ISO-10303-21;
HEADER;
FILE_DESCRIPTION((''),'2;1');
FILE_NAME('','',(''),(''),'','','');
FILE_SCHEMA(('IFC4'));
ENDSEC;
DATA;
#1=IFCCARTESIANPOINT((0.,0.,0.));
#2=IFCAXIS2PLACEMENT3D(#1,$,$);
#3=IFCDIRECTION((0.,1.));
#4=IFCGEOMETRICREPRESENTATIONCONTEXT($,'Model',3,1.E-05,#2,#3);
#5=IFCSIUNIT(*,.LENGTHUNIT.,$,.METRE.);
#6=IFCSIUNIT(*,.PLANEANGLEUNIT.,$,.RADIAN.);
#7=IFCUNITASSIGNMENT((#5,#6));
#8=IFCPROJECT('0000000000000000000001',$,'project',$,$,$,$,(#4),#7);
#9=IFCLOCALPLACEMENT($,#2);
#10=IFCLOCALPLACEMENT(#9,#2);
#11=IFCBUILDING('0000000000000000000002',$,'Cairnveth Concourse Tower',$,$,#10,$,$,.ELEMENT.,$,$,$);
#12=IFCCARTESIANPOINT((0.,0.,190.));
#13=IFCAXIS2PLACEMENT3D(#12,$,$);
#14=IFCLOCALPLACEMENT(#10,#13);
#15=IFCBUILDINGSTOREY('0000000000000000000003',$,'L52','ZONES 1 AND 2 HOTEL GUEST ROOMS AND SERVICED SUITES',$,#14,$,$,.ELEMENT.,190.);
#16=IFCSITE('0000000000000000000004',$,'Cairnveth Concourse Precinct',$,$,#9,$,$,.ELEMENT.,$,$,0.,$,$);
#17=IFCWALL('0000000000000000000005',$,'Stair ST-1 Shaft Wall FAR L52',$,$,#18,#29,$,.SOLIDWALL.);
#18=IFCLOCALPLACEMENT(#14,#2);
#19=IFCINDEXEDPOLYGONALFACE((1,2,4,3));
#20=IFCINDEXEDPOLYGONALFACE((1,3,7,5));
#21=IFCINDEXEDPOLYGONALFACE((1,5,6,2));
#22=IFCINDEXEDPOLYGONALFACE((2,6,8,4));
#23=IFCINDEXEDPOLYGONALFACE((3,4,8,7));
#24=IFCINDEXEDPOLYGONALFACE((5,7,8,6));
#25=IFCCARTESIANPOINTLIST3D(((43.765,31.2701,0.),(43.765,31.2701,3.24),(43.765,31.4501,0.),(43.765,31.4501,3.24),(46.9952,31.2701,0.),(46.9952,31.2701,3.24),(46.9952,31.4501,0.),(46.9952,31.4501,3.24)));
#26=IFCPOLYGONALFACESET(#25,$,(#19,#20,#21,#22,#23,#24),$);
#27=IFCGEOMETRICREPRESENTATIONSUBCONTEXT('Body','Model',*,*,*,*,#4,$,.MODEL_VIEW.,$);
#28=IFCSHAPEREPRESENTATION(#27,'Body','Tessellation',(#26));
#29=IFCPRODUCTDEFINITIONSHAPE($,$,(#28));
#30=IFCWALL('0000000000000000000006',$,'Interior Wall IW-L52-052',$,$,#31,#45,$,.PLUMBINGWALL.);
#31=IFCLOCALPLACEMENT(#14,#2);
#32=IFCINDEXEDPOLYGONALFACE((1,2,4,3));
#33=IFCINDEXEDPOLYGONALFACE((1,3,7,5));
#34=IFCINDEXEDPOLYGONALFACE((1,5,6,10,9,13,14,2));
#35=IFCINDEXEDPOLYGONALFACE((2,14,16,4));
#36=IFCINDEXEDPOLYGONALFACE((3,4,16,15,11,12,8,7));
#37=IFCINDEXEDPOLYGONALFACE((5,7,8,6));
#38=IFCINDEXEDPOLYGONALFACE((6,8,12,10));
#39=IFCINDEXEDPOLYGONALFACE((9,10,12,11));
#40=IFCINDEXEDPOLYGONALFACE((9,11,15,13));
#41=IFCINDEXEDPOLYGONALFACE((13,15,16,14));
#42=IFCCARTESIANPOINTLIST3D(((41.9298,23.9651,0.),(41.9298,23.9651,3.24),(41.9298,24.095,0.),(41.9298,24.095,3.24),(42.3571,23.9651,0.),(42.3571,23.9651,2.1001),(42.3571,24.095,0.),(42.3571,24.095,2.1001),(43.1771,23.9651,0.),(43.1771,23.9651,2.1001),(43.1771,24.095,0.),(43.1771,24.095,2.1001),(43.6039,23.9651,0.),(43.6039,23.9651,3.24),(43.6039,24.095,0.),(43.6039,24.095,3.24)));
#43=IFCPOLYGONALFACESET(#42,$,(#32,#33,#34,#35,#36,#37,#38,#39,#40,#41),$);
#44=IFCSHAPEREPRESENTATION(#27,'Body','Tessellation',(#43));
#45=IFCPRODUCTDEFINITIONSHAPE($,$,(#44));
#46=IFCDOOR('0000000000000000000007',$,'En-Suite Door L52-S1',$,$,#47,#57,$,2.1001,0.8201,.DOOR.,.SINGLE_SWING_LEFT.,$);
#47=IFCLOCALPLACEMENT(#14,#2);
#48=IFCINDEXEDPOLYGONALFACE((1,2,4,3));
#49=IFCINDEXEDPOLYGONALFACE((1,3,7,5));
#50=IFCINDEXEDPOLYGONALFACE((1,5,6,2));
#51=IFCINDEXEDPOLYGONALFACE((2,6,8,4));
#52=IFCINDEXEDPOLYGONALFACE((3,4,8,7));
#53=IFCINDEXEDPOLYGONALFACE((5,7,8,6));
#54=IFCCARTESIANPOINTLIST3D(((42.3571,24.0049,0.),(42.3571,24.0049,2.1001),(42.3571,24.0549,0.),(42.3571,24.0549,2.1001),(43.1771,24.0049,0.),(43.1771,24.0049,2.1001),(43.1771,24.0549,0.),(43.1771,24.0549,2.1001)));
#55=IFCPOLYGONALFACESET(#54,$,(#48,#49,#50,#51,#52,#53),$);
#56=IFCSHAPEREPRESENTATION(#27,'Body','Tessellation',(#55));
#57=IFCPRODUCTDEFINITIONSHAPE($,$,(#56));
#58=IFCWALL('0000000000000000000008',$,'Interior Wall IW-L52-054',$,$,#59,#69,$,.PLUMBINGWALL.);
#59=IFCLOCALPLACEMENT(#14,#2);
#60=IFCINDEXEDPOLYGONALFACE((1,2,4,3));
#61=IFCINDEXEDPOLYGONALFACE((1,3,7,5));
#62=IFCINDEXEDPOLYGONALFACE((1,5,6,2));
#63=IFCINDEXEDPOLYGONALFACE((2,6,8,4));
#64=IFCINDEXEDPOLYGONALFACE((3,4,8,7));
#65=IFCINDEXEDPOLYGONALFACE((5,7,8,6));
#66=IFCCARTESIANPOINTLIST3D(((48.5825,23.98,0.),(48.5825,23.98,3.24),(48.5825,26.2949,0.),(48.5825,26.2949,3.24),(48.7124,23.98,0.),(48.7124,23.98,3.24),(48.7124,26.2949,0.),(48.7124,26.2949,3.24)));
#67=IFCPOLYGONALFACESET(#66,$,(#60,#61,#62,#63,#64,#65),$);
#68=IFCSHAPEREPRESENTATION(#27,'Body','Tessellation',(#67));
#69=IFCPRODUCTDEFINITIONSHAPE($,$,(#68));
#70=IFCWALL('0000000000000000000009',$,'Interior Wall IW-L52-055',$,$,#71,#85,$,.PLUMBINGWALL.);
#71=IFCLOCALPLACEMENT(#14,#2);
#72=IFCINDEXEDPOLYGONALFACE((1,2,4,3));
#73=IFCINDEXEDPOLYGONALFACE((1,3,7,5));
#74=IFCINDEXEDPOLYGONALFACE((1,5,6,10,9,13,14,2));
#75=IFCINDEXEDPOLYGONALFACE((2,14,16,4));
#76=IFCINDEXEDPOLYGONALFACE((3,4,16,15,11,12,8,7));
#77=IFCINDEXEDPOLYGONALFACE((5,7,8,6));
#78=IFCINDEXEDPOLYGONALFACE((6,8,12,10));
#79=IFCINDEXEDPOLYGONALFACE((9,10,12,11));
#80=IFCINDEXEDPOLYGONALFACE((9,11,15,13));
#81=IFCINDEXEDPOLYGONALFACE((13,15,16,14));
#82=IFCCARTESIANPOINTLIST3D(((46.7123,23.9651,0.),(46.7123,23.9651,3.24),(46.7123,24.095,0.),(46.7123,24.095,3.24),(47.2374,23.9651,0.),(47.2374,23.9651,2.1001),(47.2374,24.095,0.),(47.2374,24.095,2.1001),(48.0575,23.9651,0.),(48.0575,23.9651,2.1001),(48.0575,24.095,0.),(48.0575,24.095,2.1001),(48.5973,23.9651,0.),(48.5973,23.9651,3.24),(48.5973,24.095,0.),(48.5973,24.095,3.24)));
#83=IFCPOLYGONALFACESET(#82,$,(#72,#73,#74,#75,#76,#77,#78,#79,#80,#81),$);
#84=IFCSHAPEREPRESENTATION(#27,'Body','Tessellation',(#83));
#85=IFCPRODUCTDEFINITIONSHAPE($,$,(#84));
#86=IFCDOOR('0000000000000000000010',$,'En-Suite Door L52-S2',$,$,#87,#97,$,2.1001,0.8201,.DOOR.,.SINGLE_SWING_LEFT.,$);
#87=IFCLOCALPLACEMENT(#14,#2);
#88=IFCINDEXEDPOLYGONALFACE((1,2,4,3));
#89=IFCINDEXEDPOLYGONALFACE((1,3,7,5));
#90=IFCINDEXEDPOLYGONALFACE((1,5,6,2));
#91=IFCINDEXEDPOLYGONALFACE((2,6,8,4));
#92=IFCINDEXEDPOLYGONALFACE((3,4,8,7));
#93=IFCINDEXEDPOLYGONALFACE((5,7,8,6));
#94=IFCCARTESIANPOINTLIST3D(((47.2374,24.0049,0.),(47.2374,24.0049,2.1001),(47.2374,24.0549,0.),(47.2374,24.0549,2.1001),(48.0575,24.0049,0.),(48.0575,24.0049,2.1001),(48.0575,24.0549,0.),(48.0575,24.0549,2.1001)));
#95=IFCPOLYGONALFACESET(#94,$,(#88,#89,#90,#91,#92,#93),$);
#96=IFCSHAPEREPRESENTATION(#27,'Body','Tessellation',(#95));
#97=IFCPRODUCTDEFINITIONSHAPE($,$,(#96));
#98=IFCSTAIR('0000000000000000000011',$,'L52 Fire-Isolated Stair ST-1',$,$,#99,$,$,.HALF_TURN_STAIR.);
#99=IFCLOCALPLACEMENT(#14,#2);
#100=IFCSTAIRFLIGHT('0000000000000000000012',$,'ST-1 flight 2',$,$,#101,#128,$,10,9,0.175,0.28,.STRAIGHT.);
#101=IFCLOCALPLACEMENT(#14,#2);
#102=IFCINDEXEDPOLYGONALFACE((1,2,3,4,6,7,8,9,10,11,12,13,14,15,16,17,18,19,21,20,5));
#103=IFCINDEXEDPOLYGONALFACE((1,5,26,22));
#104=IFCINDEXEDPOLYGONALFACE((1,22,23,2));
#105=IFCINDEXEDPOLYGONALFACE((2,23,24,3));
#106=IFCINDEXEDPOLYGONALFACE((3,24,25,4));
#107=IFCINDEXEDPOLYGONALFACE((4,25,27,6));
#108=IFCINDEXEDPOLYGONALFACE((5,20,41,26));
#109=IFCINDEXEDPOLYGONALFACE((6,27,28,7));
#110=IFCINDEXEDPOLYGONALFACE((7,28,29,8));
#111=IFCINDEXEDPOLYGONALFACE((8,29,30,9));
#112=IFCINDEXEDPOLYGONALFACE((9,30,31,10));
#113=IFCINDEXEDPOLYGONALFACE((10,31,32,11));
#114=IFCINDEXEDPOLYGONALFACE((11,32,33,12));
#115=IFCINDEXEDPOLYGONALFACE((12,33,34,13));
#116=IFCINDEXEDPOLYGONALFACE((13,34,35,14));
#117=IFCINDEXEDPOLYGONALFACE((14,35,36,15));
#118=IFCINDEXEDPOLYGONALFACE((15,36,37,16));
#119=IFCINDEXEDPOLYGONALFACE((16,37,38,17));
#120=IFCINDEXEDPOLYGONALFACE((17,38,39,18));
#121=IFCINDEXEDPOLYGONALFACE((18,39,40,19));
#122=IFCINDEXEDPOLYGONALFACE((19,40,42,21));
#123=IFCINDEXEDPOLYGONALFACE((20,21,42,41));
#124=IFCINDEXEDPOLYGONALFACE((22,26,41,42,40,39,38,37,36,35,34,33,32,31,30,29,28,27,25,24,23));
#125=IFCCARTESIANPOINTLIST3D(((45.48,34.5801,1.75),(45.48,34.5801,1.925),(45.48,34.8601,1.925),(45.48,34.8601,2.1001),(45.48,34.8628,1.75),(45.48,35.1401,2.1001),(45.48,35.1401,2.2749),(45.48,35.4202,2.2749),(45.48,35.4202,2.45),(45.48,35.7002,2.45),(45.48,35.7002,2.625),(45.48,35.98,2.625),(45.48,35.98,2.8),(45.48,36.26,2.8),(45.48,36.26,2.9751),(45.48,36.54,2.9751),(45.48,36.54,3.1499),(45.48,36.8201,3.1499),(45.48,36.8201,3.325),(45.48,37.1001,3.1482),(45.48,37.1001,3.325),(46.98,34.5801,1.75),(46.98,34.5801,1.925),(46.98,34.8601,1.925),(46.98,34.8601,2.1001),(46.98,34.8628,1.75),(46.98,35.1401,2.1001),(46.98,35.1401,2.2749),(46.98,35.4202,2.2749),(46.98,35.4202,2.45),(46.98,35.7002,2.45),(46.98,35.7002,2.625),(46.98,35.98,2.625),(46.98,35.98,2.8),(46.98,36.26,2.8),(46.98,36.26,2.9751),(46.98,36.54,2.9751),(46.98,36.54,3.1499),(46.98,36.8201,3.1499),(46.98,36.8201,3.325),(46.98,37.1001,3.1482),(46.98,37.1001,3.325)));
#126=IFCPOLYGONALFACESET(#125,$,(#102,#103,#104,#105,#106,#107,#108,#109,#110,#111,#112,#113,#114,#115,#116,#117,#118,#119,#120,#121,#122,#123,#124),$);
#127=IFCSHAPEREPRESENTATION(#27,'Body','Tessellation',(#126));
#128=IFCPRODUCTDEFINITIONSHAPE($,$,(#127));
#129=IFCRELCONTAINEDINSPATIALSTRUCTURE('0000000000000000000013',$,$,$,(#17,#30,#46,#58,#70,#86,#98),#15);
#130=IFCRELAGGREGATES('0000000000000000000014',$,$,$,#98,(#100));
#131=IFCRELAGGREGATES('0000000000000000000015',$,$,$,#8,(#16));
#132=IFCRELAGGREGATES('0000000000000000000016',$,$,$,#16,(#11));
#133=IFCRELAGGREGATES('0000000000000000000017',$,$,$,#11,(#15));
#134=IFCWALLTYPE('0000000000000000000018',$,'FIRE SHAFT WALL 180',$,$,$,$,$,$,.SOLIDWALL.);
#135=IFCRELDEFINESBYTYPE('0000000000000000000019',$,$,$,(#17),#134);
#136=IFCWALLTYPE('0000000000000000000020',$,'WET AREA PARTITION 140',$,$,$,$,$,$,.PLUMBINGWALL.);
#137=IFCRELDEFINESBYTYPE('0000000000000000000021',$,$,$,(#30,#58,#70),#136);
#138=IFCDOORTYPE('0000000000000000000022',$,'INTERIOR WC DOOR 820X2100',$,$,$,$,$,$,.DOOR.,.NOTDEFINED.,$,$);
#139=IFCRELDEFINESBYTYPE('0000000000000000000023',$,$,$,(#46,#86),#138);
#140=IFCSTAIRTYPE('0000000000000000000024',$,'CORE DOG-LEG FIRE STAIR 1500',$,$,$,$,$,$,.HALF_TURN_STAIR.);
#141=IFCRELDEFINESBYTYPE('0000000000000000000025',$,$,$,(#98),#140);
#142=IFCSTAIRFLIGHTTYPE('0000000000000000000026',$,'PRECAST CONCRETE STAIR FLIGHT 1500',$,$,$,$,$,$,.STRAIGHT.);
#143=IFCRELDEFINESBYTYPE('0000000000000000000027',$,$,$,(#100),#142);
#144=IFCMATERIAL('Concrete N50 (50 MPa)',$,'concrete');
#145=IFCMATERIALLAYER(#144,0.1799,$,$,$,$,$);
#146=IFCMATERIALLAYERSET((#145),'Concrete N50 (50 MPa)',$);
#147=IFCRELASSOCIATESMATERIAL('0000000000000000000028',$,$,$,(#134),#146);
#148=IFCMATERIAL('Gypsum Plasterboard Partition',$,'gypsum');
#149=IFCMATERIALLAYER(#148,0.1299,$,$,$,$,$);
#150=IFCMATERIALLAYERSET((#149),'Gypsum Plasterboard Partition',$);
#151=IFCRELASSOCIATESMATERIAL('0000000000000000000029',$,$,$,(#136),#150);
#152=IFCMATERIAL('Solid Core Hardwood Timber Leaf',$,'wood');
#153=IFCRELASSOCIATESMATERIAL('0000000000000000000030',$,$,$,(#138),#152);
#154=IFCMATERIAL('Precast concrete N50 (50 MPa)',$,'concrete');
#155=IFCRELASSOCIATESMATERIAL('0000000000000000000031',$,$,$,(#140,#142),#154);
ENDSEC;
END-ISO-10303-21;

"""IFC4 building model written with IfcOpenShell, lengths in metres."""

from ifc_helpers import new_model, si_unit, direction, frame, frame_2d, origin, place, context, subcontext, project, spatial, polyline, rectangle, outline, extrude, material, layer, layer_set, type_object, element, fill, aggregate, save


model = new_model("IFC4")

# Units and contexts
model_context = context("Model", 3, precision=1e-05, world=origin(), true_north=direction((0.0, 1.0)))
body_context = subcontext(model_context, "Body", "Model", "MODEL_VIEW")
ifc_project = project(units=[si_unit("LENGTHUNIT", "METRE"), si_unit("PLANEANGLEUNIT", "RADIAN")], contexts=[model_context])

# Site, building, storey
site_placement = place(None, origin())
site = spatial("IfcSite", under=ifc_project, at=site_placement, Name="Cairnveth Concourse Precinct", CompositionType="ELEMENT", RefElevation=0.0)
building_placement = place(site_placement, origin())
building = spatial("IfcBuilding", under=site, at=building_placement, Name="Cairnveth Concourse Tower", CompositionType="ELEMENT")
storey_placement = place(building_placement, frame((0.0, 0.0, 190.0)))
storey = spatial("IfcBuildingStorey", under=building, at=storey_placement, Name="L52", Description="ZONES 1 AND 2 HOTEL GUEST ROOMS AND SERVICED SUITES", CompositionType="ELEMENT", Elevation=190.0)

# Shared definitions
ifc_material_1 = material(Name="Gypsum Plasterboard Partition", Category="gypsum")

# Shared definitions
ifc_material_2 = material(Name="Solid Core Hardwood Timber Leaf", Category="wood")

# Wall
ifc_material_3 = material(Name="Concrete N50 (50 MPa)", Category="concrete")
ifc_layer_1 = layer(ifc_material_3, 0.1799)
ifc_layer_set_1 = layer_set([ifc_layer_1], Name="Concrete N50 (50 MPa)")
wall_type_1 = type_object("IfcWallType", Name="FIRE SHAFT WALL 180", PredefinedType="SOLIDWALL", material=ifc_layer_set_1)
wall_1_placement = place(storey_placement, frame((43.7649, 31.3601, 0.0), z_axis=(0.0, 0.0, 1.0), x_axis=(1.0, 0.0, 0.0)))
element("IfcWall", 1, at=wall_1_placement, inside=storey, type_object=wall_type_1, Name="Stair ST-1 Shaft Wall FAR L52", PredefinedType="SOLIDWALL", context=body_context, shape_type="SweptSolid", body=[
    extrude(rectangle(XDim=3.2302, YDim=0.1799, at=frame_2d((1.6152, 0.0))), origin(), (0.0, 0.0, 1.0), 3.24),
])

# Wall, opening, door
ifc_layer_2 = layer(ifc_material_1, 0.1299)
ifc_layer_set_2 = layer_set([ifc_layer_2], Name="Gypsum Plasterboard Partition")
wall_type_2 = type_object("IfcWallType", Name="WET AREA PARTITION 140", PredefinedType="PLUMBINGWALL", material=ifc_layer_set_2)
wall_2_placement = place(storey_placement, frame((41.9299, 24.03, 0.0), z_axis=(0.0, 0.0, 1.0), x_axis=(1.0, 0.0, 0.0)))
wall_2 = element("IfcWall", 2, at=wall_2_placement, inside=storey, type_object=wall_type_2, Name="Interior Wall IW-L52-052", PredefinedType="PLUMBINGWALL", context=body_context, shape_type="SweptSolid", body=[
    extrude(rectangle(XDim=1.6741, YDim=0.1299, at=frame_2d((0.8369, 0.0))), origin(), (0.0, 0.0, 1.0), 3.24),
])
opening_1_placement = place(wall_2_placement, frame((0.427, 0.0, 0.0)))
opening_1 = element("IfcOpeningElement", 3, at=opening_1_placement, cuts=wall_2, PredefinedType="OPENING", context=body_context, shape_type="SweptSolid", body=[
    extrude(rectangle(XDim=0.8201, YDim=2.1001, at=frame_2d((0.4102, 1.05))), frame((0.0, 0.075, 0.0), z_axis=(0.0, -1.0, 0.0), x_axis=(1.0, 0.0, 0.0)), (0.0, 0.0, 1.0), 0.1499),
])
door_type_1 = type_object("IfcDoorType", Name="INTERIOR WC DOOR 820X2100", OperationType="NOTDEFINED", PredefinedType="DOOR", material=ifc_material_2)
door_1_placement = place(opening_1_placement, origin())
door_1 = element("IfcDoor", 4, at=door_1_placement, inside=storey, type_object=door_type_1, Name="En-Suite Door L52-S1", OperationType="SINGLE_SWING_LEFT", OverallHeight=2.1001, OverallWidth=0.8201, PredefinedType="DOOR", context=body_context, shape_type="SweptSolid", body=[
    extrude(rectangle(XDim=0.8201, YDim=2.1001, at=frame_2d((0.4102, 1.05))), frame((0.0, 0.0249, 0.0), z_axis=(0.0, -1.0, 0.0), x_axis=(1.0, 0.0, 0.0)), (0.0, 0.0, 1.0), 0.05),
])
fill(opening_1, door_1)

# Wall
wall_3_placement = place(storey_placement, frame((48.6475, 23.98, 0.0), z_axis=(0.0, 0.0, 1.0), x_axis=(0.0, 1.0, 0.0)))
element("IfcWall", 5, at=wall_3_placement, inside=storey, type_object=wall_type_2, Name="Interior Wall IW-L52-054", PredefinedType="PLUMBINGWALL", context=body_context, shape_type="SweptSolid", body=[
    extrude(rectangle(XDim=2.3149, YDim=0.1299, at=frame_2d((1.1575, 0.0))), origin(), (0.0, 0.0, 1.0), 3.24),
])

# Wall, opening, door
wall_4_placement = place(storey_placement, frame((46.7124, 24.03, 0.0), z_axis=(0.0, 0.0, 1.0), x_axis=(1.0, 0.0, 0.0)))
wall_4 = element("IfcWall", 6, at=wall_4_placement, inside=storey, type_object=wall_type_2, Name="Interior Wall IW-L52-055", PredefinedType="PLUMBINGWALL", context=body_context, shape_type="SweptSolid", body=[
    extrude(rectangle(XDim=1.885, YDim=0.1299, at=frame_2d((0.9424, 0.0))), origin(), (0.0, 0.0, 1.0), 3.24),
])
opening_2_placement = place(wall_4_placement, frame((0.5249, 0.0, 0.0)))
opening_2 = element("IfcOpeningElement", 7, at=opening_2_placement, cuts=wall_4, PredefinedType="OPENING", context=body_context, shape_type="SweptSolid", body=[
    extrude(rectangle(XDim=0.8201, YDim=2.1001, at=frame_2d((0.4102, 1.05))), frame((0.0, 0.075, 0.0), z_axis=(0.0, -1.0, 0.0), x_axis=(1.0, 0.0, 0.0)), (0.0, 0.0, 1.0), 0.1499),
])
door_2_placement = place(opening_2_placement, origin())
door_2 = element("IfcDoor", 8, at=door_2_placement, inside=storey, type_object=door_type_1, Name="En-Suite Door L52-S2", OperationType="SINGLE_SWING_LEFT", OverallHeight=2.1001, OverallWidth=0.8201, PredefinedType="DOOR", context=body_context, shape_type="SweptSolid", body=[
    extrude(rectangle(XDim=0.8201, YDim=2.1001, at=frame_2d((0.4102, 1.05))), frame((0.0, 0.0249, 0.0), z_axis=(0.0, -1.0, 0.0), x_axis=(1.0, 0.0, 0.0)), (0.0, 0.0, 1.0), 0.05),
])
fill(opening_2, door_2)

# Stair, stair flight
ifc_material_4 = material(Name="Precast concrete N50 (50 MPa)", Category="concrete")
stair_type = type_object("IfcStairType", Name="CORE DOG-LEG FIRE STAIR 1500", PredefinedType="HALF_TURN_STAIR", material=ifc_material_4)
stair_placement = place(storey_placement, origin())
stair = element("IfcStair", 9, at=stair_placement, inside=storey, type_object=stair_type, Name="L52 Fire-Isolated Stair ST-1", PredefinedType="HALF_TURN_STAIR")
stair_flight_type = type_object("IfcStairFlightType", Name="PRECAST CONCRETE STAIR FLIGHT 1500", PredefinedType="STRAIGHT", material=ifc_material_4)
stair_flight_placement = place(storey_placement, frame((46.23, 34.5801, 1.75), z_axis=(0.0, 0.0, 1.0), x_axis=(0.0, 1.0, 0.0)))
stair_flight = element("IfcStairFlight", 10, at=stair_flight_placement, type_object=stair_flight_type, Name="ST-1 flight 2", NumberOfRisers=10, NumberOfTreads=9, PredefinedType="STRAIGHT", RiserHeight=0.175, TreadLength=0.28, context=body_context, shape_type="SweptSolid", body=[
    extrude(outline(polyline([(0.0, 0.0), (0.0, 0.175), (0.28, 0.175), (0.28, 0.3501), (0.5601, 0.3501), (0.5601, 0.5249), (0.8401, 0.5249), (0.8401, 0.7), (1.1201, 0.7), (1.1201, 0.875), (1.3999, 0.875), (1.3999, 1.05), (1.6799, 1.05), (1.6799, 1.2251), (1.96, 1.2251), (1.96, 1.3999), (2.24, 1.3999), (2.24, 1.575), (2.52, 1.575), (2.52, 1.75), (2.52, 1.3982), (0.2827, 0.0), (0.0, 0.0)])), frame((0.0, 0.75, 0.0), z_axis=(0.0, -1.0, 0.0), x_axis=(1.0, 0.0, 0.0)), (0.0, 0.0, 1.0), 1.5),
])
aggregate(stair, [stair_flight])

save(model, "model.ifc")
